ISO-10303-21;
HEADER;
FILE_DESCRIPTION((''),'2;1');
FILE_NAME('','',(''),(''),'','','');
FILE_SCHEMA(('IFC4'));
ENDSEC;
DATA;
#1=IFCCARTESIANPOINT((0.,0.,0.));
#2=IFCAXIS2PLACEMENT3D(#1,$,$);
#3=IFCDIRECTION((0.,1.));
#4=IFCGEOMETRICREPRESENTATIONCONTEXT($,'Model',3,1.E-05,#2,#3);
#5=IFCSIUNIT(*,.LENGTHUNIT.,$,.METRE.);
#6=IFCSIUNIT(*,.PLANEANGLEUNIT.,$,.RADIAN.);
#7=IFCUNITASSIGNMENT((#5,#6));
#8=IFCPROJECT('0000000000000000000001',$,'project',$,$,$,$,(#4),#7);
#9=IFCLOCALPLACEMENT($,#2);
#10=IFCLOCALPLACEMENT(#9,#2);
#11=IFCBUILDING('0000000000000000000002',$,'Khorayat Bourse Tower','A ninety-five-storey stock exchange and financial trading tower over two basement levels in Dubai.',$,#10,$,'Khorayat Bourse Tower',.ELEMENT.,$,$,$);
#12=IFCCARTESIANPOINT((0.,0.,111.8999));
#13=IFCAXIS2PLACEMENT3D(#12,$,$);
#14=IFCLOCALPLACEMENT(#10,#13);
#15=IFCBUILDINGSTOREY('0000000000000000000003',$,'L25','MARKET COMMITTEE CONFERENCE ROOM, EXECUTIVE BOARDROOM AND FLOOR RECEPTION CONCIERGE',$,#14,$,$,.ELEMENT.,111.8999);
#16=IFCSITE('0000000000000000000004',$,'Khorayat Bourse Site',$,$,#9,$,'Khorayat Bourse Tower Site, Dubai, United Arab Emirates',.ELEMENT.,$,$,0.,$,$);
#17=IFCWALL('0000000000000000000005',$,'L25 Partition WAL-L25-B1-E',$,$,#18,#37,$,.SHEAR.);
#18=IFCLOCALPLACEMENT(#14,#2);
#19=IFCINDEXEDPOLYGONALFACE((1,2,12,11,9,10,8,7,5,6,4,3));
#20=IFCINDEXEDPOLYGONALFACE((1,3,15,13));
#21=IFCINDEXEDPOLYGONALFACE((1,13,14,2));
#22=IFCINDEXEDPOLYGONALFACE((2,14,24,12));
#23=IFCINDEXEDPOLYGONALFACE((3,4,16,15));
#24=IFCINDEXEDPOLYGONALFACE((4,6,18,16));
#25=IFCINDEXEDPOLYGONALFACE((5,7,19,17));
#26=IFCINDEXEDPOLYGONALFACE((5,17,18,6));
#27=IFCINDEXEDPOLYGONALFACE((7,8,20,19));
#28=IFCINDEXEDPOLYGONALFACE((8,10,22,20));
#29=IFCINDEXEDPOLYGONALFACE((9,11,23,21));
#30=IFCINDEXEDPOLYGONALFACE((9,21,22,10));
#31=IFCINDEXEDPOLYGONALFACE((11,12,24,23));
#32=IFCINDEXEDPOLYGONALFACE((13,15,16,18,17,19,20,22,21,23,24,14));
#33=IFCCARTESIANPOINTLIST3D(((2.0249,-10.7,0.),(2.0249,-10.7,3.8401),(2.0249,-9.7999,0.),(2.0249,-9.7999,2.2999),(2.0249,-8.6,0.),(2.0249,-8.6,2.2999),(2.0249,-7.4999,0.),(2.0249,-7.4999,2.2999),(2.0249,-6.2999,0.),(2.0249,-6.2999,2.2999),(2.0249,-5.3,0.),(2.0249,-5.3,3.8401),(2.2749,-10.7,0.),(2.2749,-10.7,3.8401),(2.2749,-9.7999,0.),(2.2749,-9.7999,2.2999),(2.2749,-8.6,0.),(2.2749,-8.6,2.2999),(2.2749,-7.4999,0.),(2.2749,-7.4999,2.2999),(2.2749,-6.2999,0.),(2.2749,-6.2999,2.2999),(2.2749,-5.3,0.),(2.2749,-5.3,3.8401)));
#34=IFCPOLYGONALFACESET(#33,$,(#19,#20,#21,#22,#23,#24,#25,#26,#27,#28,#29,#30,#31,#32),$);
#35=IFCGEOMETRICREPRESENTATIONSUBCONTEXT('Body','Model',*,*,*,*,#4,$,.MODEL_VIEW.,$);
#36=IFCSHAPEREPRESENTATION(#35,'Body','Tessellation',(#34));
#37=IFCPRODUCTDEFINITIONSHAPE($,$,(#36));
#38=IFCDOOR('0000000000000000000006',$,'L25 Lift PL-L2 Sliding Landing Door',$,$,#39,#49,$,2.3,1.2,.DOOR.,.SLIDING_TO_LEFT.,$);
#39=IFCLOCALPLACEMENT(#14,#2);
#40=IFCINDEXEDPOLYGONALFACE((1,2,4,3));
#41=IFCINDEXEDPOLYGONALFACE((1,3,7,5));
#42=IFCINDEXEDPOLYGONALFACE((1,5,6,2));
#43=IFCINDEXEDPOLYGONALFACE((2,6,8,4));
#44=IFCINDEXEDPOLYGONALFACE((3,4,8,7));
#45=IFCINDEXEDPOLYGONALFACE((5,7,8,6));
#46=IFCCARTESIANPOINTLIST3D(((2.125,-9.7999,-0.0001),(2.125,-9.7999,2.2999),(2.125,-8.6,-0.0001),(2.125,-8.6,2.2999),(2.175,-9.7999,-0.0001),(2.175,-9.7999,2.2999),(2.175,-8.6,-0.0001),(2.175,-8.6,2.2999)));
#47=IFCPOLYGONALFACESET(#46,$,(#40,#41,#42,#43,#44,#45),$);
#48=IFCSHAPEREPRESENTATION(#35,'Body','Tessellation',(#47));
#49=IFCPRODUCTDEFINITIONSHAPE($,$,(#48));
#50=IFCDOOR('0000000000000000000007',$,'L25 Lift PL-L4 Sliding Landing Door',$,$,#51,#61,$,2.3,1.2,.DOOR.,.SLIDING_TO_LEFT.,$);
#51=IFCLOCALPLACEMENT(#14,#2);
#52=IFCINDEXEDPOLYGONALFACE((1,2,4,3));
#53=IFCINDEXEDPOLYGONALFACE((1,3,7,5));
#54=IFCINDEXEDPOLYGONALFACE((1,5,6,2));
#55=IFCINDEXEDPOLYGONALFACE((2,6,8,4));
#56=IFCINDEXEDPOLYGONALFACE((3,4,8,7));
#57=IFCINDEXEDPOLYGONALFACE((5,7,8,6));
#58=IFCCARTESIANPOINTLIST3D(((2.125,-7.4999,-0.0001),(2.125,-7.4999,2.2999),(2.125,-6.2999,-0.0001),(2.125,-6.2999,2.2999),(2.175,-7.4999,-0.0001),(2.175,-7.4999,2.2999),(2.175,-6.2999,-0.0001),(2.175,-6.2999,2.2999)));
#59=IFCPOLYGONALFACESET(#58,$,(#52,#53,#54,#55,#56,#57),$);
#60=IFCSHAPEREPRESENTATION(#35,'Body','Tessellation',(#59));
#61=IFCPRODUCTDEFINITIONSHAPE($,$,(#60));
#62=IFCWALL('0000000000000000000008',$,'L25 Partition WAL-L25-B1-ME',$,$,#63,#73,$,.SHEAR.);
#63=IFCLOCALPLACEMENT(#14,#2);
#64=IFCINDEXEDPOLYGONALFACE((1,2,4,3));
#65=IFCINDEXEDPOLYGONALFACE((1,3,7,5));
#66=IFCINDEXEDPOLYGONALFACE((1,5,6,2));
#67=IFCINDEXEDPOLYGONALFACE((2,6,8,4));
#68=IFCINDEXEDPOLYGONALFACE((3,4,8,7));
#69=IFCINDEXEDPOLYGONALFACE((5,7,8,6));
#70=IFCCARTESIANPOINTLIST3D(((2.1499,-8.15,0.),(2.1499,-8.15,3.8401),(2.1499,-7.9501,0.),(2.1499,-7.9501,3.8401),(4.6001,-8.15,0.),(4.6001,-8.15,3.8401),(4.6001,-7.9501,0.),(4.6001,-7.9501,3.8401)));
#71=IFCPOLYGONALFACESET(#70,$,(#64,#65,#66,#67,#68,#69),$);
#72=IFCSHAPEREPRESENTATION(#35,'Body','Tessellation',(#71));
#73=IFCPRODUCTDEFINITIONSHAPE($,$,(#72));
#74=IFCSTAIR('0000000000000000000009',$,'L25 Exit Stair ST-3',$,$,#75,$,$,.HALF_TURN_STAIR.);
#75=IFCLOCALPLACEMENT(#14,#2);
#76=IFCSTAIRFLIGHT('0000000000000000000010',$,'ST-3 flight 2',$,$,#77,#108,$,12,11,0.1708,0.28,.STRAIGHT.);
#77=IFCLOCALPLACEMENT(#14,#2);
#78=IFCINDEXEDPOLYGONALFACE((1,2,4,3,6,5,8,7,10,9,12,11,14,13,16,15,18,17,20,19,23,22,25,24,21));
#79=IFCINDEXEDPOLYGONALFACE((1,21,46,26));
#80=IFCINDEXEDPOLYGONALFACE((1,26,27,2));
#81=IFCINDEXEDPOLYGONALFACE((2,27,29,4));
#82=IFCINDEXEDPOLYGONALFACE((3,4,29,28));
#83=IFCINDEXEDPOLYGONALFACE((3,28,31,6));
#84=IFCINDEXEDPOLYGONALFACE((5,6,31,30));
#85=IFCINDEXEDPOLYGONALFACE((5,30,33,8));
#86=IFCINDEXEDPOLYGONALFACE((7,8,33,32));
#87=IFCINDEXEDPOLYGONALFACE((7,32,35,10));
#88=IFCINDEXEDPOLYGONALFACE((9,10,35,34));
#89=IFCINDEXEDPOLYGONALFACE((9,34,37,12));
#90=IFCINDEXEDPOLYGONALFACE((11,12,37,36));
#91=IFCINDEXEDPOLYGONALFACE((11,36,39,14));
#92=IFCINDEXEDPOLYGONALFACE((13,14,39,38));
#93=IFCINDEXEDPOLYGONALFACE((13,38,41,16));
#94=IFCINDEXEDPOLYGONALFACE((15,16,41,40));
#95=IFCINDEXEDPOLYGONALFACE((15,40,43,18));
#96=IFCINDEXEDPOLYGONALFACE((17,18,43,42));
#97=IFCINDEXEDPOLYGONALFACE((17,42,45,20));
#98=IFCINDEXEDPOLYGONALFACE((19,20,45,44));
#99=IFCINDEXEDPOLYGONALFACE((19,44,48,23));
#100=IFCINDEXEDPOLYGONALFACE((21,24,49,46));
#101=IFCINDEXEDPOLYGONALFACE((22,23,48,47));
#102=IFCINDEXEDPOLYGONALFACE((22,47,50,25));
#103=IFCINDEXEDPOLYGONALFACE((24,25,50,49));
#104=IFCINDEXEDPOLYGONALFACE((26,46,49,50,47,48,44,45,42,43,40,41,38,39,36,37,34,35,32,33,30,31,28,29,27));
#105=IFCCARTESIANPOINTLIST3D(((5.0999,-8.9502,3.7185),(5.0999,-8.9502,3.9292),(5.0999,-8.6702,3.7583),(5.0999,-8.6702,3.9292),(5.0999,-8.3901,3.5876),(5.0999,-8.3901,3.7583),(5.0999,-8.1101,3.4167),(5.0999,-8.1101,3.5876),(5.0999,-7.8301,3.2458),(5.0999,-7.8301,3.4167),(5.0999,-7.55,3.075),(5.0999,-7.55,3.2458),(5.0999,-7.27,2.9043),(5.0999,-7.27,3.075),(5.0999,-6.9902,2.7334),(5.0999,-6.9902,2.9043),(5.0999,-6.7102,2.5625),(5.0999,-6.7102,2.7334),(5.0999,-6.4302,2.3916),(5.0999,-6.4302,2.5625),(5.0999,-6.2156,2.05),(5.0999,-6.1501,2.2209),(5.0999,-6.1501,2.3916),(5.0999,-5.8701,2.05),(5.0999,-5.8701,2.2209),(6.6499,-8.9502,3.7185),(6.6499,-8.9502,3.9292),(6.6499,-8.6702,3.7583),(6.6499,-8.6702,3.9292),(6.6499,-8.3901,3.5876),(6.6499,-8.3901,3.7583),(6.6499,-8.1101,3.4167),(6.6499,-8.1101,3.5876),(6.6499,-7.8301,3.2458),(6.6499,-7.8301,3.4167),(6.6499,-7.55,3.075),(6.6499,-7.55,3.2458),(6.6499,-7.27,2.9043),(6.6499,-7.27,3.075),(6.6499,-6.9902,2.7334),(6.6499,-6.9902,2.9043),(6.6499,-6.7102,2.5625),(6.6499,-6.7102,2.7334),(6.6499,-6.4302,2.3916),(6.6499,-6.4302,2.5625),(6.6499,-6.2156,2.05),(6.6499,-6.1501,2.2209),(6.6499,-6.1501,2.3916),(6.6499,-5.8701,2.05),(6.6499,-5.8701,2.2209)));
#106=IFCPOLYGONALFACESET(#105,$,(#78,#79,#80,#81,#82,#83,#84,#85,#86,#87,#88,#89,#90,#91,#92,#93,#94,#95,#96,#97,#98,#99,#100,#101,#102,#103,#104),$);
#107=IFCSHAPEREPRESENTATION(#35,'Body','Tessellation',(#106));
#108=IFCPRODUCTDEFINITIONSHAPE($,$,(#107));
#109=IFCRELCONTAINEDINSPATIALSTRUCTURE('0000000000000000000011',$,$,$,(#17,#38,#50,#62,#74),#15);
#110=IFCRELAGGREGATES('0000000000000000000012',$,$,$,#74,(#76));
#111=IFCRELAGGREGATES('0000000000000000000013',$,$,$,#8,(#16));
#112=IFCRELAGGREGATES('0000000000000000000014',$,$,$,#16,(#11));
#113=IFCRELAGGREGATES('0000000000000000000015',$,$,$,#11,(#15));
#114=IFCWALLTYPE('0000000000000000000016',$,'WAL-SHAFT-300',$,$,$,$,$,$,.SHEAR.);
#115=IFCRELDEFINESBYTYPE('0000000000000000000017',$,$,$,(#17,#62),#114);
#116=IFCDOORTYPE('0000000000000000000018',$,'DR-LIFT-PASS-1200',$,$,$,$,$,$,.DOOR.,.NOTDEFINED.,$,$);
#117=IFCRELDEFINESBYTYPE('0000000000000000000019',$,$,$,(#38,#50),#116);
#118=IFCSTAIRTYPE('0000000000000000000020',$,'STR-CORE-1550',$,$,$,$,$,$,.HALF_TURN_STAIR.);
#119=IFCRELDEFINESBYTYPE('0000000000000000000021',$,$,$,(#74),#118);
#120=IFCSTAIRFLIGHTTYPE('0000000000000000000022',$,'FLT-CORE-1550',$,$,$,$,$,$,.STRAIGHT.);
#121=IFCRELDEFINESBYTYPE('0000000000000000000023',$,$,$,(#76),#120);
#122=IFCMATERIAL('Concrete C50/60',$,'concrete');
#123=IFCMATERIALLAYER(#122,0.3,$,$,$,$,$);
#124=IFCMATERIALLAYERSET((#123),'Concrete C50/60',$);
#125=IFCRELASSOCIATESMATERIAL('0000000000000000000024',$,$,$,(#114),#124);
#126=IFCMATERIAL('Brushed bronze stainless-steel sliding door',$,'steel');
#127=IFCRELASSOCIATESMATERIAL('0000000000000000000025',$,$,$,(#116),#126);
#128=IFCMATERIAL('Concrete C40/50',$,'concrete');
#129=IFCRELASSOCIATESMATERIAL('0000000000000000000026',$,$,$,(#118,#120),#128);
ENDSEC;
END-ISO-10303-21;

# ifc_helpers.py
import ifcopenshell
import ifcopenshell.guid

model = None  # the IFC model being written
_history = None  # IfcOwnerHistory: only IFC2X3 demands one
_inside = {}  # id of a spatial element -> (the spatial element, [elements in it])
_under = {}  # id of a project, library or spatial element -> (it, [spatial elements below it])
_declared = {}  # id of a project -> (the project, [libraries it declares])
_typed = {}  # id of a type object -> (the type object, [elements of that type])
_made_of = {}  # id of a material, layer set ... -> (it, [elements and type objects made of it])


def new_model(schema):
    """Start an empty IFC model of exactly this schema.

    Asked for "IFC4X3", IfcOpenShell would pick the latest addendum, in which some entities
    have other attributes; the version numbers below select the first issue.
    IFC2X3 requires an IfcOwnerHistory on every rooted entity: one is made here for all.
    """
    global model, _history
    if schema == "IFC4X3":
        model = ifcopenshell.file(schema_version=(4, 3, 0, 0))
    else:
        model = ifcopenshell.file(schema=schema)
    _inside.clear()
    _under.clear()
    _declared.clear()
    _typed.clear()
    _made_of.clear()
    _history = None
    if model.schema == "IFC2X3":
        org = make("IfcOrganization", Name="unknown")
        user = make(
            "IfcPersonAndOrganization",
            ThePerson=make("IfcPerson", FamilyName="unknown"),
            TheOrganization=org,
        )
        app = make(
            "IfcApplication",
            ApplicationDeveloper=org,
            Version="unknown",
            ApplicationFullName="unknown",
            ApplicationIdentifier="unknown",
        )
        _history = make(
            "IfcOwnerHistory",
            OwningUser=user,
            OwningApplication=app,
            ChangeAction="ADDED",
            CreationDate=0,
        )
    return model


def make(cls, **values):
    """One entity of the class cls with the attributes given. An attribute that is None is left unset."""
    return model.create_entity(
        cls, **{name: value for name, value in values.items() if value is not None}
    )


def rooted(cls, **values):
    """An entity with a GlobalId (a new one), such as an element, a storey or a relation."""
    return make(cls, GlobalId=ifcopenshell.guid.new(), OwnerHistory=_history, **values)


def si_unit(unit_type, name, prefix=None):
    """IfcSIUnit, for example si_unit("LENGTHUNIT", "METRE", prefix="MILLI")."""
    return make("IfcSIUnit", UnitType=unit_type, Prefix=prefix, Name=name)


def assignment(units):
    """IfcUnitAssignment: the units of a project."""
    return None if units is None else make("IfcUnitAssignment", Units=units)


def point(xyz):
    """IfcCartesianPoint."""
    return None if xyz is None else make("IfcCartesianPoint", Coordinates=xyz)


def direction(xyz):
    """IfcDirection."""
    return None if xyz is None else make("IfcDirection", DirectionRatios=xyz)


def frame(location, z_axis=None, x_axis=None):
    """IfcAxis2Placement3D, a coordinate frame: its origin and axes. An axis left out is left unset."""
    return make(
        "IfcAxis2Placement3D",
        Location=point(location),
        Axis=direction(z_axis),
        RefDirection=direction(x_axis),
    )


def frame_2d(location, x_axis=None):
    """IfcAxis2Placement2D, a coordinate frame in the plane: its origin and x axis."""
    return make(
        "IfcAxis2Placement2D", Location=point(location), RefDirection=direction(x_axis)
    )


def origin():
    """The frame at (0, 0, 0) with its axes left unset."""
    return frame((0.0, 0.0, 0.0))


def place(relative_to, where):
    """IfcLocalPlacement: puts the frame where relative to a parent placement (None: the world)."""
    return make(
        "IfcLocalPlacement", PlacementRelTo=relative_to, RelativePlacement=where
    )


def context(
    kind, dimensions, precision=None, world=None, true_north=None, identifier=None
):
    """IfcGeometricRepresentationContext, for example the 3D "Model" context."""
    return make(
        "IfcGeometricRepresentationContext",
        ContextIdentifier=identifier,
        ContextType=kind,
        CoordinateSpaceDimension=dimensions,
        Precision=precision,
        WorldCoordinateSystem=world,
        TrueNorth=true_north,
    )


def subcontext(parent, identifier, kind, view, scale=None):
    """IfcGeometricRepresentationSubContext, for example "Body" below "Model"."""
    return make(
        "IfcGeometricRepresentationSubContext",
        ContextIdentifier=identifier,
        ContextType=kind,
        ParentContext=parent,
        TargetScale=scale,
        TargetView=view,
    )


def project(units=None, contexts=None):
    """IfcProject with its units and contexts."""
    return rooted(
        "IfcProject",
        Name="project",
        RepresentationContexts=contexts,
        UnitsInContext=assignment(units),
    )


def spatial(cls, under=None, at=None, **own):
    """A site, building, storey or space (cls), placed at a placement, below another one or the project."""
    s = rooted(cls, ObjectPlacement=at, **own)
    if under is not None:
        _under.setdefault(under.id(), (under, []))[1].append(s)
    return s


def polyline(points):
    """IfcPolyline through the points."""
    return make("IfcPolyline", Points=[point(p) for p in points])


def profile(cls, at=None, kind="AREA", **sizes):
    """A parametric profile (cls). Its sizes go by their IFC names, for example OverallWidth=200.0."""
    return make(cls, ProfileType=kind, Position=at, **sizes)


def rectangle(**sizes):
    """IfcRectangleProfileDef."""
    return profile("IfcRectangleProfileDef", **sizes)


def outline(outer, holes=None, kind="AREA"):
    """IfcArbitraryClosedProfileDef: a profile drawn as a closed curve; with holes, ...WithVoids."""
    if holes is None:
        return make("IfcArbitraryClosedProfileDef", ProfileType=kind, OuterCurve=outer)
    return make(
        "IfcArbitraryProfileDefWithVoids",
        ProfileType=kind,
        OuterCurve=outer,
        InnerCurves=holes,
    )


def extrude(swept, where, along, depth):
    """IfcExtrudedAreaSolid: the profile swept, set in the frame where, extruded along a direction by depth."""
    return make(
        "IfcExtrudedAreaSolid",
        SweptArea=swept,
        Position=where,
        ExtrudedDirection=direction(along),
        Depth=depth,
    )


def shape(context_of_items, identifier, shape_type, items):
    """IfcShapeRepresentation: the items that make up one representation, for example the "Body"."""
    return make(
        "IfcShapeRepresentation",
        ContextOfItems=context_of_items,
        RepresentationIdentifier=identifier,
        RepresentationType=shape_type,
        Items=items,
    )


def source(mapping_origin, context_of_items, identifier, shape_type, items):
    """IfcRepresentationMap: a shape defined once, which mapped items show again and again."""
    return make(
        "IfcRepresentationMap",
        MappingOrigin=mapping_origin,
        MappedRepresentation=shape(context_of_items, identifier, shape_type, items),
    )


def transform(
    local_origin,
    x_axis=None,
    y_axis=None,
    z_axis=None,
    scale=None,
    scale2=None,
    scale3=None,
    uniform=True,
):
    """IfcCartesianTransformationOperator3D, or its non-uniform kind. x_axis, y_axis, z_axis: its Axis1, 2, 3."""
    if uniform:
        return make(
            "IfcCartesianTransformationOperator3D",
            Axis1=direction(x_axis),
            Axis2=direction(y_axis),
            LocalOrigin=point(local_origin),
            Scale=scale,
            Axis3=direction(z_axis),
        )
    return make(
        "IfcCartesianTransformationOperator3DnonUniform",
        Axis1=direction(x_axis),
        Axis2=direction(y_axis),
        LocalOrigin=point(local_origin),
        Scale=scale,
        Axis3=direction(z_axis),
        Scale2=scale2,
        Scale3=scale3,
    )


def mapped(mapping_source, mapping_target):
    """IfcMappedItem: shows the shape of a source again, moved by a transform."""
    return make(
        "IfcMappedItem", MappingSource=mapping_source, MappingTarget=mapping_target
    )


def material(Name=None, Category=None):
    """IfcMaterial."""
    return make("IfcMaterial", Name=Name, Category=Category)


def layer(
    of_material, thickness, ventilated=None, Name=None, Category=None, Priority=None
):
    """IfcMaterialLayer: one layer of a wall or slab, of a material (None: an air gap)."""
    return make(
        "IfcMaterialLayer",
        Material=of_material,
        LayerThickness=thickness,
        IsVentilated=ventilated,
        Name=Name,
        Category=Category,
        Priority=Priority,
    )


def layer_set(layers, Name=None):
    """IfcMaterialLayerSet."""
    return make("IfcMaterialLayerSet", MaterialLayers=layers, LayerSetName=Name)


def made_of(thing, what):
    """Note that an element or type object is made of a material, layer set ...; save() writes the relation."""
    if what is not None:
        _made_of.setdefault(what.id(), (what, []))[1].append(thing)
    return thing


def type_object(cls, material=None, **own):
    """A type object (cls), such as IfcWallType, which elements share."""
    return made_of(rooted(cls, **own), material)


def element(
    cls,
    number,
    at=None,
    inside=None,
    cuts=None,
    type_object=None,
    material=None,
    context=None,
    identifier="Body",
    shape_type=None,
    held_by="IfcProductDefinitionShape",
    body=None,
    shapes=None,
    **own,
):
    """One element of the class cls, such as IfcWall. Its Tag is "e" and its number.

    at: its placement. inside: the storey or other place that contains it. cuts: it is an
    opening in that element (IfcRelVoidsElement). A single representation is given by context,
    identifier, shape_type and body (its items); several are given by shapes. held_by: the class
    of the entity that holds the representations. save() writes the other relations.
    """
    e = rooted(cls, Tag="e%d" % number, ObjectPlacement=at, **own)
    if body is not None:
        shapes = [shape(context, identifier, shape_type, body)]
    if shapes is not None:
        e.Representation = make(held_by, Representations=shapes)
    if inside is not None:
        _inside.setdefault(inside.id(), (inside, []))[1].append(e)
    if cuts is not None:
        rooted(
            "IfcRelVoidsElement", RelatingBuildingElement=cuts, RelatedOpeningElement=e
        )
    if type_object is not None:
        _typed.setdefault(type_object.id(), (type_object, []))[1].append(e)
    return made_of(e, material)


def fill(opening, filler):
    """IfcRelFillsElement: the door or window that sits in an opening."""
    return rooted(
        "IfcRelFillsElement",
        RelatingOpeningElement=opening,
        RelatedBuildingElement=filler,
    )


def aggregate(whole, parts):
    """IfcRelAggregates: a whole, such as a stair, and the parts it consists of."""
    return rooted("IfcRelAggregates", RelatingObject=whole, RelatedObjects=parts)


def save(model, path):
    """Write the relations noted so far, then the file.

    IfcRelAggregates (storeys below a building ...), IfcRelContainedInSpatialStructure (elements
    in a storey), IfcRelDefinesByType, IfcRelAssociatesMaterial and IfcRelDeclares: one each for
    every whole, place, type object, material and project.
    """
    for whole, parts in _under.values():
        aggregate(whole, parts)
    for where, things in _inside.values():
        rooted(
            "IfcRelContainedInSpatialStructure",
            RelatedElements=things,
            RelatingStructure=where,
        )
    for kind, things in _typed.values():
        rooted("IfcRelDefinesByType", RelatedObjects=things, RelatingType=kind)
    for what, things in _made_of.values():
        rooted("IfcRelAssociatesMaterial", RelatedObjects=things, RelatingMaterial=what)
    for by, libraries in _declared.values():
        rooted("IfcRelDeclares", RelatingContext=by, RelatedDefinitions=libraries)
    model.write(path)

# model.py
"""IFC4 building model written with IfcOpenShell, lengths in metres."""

from ifc_helpers import new_model, si_unit, direction, frame, frame_2d, origin, place, context, subcontext, project, spatial, polyline, rectangle, outline, extrude, source, transform, mapped, material, layer, layer_set, type_object, element, fill, aggregate, save


model = new_model("IFC4")

# Units and contexts
model_context = context("Model", 3, precision=1e-05, world=origin(), true_north=direction((0.0, 1.0)))
body_context = subcontext(model_context, "Body", "Model", "MODEL_VIEW")
ifc_project = project(units=[si_unit("LENGTHUNIT", "METRE"), si_unit("PLANEANGLEUNIT", "RADIAN")], contexts=[model_context])

# Site, building, storey
site_placement = place(None, origin())
site = spatial("IfcSite", under=ifc_project, at=site_placement, Name="Khorayat Bourse Site", LongName="Khorayat Bourse Tower Site, Dubai, United Arab Emirates", CompositionType="ELEMENT", RefElevation=0.0)
building_placement = place(site_placement, origin())
building = spatial("IfcBuilding", under=site, at=building_placement, Name="Khorayat Bourse Tower", Description="A ninety-five-storey stock exchange and financial trading tower over two basement levels in Dubai.", LongName="Khorayat Bourse Tower", CompositionType="ELEMENT")
storey_placement = place(building_placement, frame((0.0, 0.0, 111.8999)))
storey = spatial("IfcBuildingStorey", under=building, at=storey_placement, Name="L25", Description="MARKET COMMITTEE CONFERENCE ROOM, EXECUTIVE BOARDROOM AND FLOOR RECEPTION CONCIERGE", CompositionType="ELEMENT", Elevation=111.8999)

# Wall, openings, doors
ifc_material_1 = material(Name="Concrete C50/60", Category="concrete")
ifc_layer_1 = layer(ifc_material_1, 0.3)
ifc_layer_set_1 = layer_set([ifc_layer_1], Name="Concrete C50/60")
wall_type_1 = type_object("IfcWallType", Name="WAL-SHAFT-300", PredefinedType="SHEAR", material=ifc_layer_set_1)
shared_shape_1 = source(origin(), body_context, "Body", "SweptSolid", [
    extrude(rectangle(XDim=5.3999, YDim=0.25, at=frame_2d((2.7, 0.0))), origin(), (0.0, 0.0, 1.0), 3.8401),
])
shared_shape_2 = source(origin(), body_context, "Body", "SweptSolid", [
    extrude(rectangle(XDim=1.2, YDim=2.3, at=frame_2d((0.6001, 1.1499))), frame((0.0, 0.135, 0.0), z_axis=(0.0, -1.0, 0.0), x_axis=(1.0, 0.0, 0.0)), (0.0, 0.0, 1.0), 0.27),
])
ifc_material_2 = material(Name="Brushed bronze stainless-steel sliding door", Category="steel")
door_type_1 = type_object("IfcDoorType", Name="DR-LIFT-PASS-1200", OperationType="NOTDEFINED", PredefinedType="DOOR", material=ifc_material_2)
shared_shape_3 = source(origin(), body_context, "Body", "SweptSolid", [
    extrude(rectangle(XDim=1.2, YDim=2.3, at=frame_2d((0.6001, 1.1499))), frame((0.0, 0.0249, 0.0), z_axis=(0.0, -1.0, 0.0), x_axis=(1.0, 0.0, 0.0)), (0.0, 0.0, 1.0), 0.05),
])
wall_1_placement = place(storey_placement, frame((2.1499, -10.7, 0.0), z_axis=(0.0, 0.0, 1.0), x_axis=(0.0, 1.0, 0.0)))
wall_1 = element("IfcWall", 1, at=wall_1_placement, inside=storey, type_object=wall_type_1, Name="L25 Partition WAL-L25-B1-E", PredefinedType="SHEAR", context=body_context, shape_type="MappedRepresentation", body=[
    mapped(shared_shape_1, transform((0.0, 0.0, 0.0), scale=1.0)),
])
opening_1_placement = place(wall_1_placement, frame((0.8999, 0.0, 0.0)))
opening_1 = element("IfcOpeningElement", 2, at=opening_1_placement, cuts=wall_1, PredefinedType="OPENING", context=body_context, shape_type="MappedRepresentation", body=[
    mapped(shared_shape_2, transform((0.0, 0.0, 0.0), scale=1.0)),
])
opening_2_placement = place(wall_1_placement, frame((3.2, 0.0, 0.0)))
opening_2 = element("IfcOpeningElement", 3, at=opening_2_placement, cuts=wall_1, PredefinedType="OPENING", context=body_context, shape_type="MappedRepresentation", body=[
    mapped(shared_shape_2, transform((0.0, 0.0, 0.0), scale=1.0)),
])
door_1_placement = place(opening_1_placement, origin())
door_1 = element("IfcDoor", 4, at=door_1_placement, inside=storey, type_object=door_type_1, Name="L25 Lift PL-L2 Sliding Landing Door", OperationType="SLIDING_TO_LEFT", OverallHeight=2.3, OverallWidth=1.2, PredefinedType="DOOR", context=body_context, shape_type="MappedRepresentation", body=[
    mapped(shared_shape_3, transform((0.0, 0.0, 0.0), scale=1.0)),
])
fill(opening_1, door_1)
door_2_placement = place(opening_2_placement, origin())
door_2 = element("IfcDoor", 5, at=door_2_placement, inside=storey, type_object=door_type_1, Name="L25 Lift PL-L4 Sliding Landing Door", OperationType="SLIDING_TO_LEFT", OverallHeight=2.3, OverallWidth=1.2, PredefinedType="DOOR", context=body_context, shape_type="MappedRepresentation", body=[
    mapped(shared_shape_3, transform((0.0, 0.0, 0.0), scale=1.0)),
])
fill(opening_2, door_2)

# Wall
shared_shape_4 = source(origin(), body_context, "Body", "SweptSolid", [
    extrude(rectangle(XDim=2.4502, YDim=0.2, at=frame_2d((1.2251, 0.0))), origin(), (0.0, 0.0, 1.0), 3.8401),
])
wall_2_placement = place(storey_placement, frame((2.1499, -8.05, 0.0), z_axis=(0.0, 0.0, 1.0), x_axis=(1.0, 0.0, 0.0)))
element("IfcWall", 6, at=wall_2_placement, inside=storey, type_object=wall_type_1, Name="L25 Partition WAL-L25-B1-ME", PredefinedType="SHEAR", context=body_context, shape_type="MappedRepresentation", body=[
    mapped(shared_shape_4, transform((0.0, 0.0, 0.0), scale=1.0)),
])

# Stair, stair flight
ifc_material_3 = material(Name="Concrete C40/50", Category="concrete")
stair_type = type_object("IfcStairType", Name="STR-CORE-1550", PredefinedType="HALF_TURN_STAIR", material=ifc_material_3)
stair_placement = place(storey_placement, origin())
stair = element("IfcStair", 7, at=stair_placement, inside=storey, type_object=stair_type, Name="L25 Exit Stair ST-3", PredefinedType="HALF_TURN_STAIR")
stair_flight_type = type_object("IfcStairFlightType", Name="FLT-CORE-1550", PredefinedType="STRAIGHT", material=ifc_material_3)
shared_shape_5 = source(origin(), body_context, "Body", "SweptSolid", [
    extrude(outline(polyline([(0.0, 0.0), (0.0, 0.1709), (0.28, 0.1709), (0.28, 0.3416), (0.5601, 0.3416), (0.5601, 0.5125), (0.8401, 0.5125), (0.8401, 0.6833), (1.1201, 0.6833), (1.1201, 0.8542), (1.3999, 0.8542), (1.3999, 1.0249), (1.6799, 1.0249), (1.6799, 1.1958), (1.96, 1.1958), (1.96, 1.3667), (2.24, 1.3667), (2.24, 1.5376), (2.52, 1.5376), (2.52, 1.7083), (2.8, 1.7083), (2.8, 1.8792), (3.0801, 1.8792), (3.0801, 2.05), (3.0801, 1.6685), (0.3455, 0.0), (0.0, 0.0)])), frame((0.0, 0.7749, 0.0), z_axis=(0.0, -1.0, 0.0), x_axis=(1.0, 0.0, 0.0)), (0.0, 0.0, 1.0), 1.55),
])
stair_flight_placement = place(storey_placement, frame((5.875, -5.8701, 2.05), z_axis=(0.0, 0.0, 1.0), x_axis=(0.0, -1.0, 0.0)))
stair_flight = element("IfcStairFlight", 8, at=stair_flight_placement, type_object=stair_flight_type, Name="ST-3 flight 2", NumberOfRisers=12, NumberOfTreads=11, PredefinedType="STRAIGHT", RiserHeight=0.1708, TreadLength=0.28, context=body_context, shape_type="MappedRepresentation", body=[
    mapped(shared_shape_5, transform((0.0, 0.0, 0.0), scale=1.0)),
])
aggregate(stair, [stair_flight])

save(model, "model.ifc")
